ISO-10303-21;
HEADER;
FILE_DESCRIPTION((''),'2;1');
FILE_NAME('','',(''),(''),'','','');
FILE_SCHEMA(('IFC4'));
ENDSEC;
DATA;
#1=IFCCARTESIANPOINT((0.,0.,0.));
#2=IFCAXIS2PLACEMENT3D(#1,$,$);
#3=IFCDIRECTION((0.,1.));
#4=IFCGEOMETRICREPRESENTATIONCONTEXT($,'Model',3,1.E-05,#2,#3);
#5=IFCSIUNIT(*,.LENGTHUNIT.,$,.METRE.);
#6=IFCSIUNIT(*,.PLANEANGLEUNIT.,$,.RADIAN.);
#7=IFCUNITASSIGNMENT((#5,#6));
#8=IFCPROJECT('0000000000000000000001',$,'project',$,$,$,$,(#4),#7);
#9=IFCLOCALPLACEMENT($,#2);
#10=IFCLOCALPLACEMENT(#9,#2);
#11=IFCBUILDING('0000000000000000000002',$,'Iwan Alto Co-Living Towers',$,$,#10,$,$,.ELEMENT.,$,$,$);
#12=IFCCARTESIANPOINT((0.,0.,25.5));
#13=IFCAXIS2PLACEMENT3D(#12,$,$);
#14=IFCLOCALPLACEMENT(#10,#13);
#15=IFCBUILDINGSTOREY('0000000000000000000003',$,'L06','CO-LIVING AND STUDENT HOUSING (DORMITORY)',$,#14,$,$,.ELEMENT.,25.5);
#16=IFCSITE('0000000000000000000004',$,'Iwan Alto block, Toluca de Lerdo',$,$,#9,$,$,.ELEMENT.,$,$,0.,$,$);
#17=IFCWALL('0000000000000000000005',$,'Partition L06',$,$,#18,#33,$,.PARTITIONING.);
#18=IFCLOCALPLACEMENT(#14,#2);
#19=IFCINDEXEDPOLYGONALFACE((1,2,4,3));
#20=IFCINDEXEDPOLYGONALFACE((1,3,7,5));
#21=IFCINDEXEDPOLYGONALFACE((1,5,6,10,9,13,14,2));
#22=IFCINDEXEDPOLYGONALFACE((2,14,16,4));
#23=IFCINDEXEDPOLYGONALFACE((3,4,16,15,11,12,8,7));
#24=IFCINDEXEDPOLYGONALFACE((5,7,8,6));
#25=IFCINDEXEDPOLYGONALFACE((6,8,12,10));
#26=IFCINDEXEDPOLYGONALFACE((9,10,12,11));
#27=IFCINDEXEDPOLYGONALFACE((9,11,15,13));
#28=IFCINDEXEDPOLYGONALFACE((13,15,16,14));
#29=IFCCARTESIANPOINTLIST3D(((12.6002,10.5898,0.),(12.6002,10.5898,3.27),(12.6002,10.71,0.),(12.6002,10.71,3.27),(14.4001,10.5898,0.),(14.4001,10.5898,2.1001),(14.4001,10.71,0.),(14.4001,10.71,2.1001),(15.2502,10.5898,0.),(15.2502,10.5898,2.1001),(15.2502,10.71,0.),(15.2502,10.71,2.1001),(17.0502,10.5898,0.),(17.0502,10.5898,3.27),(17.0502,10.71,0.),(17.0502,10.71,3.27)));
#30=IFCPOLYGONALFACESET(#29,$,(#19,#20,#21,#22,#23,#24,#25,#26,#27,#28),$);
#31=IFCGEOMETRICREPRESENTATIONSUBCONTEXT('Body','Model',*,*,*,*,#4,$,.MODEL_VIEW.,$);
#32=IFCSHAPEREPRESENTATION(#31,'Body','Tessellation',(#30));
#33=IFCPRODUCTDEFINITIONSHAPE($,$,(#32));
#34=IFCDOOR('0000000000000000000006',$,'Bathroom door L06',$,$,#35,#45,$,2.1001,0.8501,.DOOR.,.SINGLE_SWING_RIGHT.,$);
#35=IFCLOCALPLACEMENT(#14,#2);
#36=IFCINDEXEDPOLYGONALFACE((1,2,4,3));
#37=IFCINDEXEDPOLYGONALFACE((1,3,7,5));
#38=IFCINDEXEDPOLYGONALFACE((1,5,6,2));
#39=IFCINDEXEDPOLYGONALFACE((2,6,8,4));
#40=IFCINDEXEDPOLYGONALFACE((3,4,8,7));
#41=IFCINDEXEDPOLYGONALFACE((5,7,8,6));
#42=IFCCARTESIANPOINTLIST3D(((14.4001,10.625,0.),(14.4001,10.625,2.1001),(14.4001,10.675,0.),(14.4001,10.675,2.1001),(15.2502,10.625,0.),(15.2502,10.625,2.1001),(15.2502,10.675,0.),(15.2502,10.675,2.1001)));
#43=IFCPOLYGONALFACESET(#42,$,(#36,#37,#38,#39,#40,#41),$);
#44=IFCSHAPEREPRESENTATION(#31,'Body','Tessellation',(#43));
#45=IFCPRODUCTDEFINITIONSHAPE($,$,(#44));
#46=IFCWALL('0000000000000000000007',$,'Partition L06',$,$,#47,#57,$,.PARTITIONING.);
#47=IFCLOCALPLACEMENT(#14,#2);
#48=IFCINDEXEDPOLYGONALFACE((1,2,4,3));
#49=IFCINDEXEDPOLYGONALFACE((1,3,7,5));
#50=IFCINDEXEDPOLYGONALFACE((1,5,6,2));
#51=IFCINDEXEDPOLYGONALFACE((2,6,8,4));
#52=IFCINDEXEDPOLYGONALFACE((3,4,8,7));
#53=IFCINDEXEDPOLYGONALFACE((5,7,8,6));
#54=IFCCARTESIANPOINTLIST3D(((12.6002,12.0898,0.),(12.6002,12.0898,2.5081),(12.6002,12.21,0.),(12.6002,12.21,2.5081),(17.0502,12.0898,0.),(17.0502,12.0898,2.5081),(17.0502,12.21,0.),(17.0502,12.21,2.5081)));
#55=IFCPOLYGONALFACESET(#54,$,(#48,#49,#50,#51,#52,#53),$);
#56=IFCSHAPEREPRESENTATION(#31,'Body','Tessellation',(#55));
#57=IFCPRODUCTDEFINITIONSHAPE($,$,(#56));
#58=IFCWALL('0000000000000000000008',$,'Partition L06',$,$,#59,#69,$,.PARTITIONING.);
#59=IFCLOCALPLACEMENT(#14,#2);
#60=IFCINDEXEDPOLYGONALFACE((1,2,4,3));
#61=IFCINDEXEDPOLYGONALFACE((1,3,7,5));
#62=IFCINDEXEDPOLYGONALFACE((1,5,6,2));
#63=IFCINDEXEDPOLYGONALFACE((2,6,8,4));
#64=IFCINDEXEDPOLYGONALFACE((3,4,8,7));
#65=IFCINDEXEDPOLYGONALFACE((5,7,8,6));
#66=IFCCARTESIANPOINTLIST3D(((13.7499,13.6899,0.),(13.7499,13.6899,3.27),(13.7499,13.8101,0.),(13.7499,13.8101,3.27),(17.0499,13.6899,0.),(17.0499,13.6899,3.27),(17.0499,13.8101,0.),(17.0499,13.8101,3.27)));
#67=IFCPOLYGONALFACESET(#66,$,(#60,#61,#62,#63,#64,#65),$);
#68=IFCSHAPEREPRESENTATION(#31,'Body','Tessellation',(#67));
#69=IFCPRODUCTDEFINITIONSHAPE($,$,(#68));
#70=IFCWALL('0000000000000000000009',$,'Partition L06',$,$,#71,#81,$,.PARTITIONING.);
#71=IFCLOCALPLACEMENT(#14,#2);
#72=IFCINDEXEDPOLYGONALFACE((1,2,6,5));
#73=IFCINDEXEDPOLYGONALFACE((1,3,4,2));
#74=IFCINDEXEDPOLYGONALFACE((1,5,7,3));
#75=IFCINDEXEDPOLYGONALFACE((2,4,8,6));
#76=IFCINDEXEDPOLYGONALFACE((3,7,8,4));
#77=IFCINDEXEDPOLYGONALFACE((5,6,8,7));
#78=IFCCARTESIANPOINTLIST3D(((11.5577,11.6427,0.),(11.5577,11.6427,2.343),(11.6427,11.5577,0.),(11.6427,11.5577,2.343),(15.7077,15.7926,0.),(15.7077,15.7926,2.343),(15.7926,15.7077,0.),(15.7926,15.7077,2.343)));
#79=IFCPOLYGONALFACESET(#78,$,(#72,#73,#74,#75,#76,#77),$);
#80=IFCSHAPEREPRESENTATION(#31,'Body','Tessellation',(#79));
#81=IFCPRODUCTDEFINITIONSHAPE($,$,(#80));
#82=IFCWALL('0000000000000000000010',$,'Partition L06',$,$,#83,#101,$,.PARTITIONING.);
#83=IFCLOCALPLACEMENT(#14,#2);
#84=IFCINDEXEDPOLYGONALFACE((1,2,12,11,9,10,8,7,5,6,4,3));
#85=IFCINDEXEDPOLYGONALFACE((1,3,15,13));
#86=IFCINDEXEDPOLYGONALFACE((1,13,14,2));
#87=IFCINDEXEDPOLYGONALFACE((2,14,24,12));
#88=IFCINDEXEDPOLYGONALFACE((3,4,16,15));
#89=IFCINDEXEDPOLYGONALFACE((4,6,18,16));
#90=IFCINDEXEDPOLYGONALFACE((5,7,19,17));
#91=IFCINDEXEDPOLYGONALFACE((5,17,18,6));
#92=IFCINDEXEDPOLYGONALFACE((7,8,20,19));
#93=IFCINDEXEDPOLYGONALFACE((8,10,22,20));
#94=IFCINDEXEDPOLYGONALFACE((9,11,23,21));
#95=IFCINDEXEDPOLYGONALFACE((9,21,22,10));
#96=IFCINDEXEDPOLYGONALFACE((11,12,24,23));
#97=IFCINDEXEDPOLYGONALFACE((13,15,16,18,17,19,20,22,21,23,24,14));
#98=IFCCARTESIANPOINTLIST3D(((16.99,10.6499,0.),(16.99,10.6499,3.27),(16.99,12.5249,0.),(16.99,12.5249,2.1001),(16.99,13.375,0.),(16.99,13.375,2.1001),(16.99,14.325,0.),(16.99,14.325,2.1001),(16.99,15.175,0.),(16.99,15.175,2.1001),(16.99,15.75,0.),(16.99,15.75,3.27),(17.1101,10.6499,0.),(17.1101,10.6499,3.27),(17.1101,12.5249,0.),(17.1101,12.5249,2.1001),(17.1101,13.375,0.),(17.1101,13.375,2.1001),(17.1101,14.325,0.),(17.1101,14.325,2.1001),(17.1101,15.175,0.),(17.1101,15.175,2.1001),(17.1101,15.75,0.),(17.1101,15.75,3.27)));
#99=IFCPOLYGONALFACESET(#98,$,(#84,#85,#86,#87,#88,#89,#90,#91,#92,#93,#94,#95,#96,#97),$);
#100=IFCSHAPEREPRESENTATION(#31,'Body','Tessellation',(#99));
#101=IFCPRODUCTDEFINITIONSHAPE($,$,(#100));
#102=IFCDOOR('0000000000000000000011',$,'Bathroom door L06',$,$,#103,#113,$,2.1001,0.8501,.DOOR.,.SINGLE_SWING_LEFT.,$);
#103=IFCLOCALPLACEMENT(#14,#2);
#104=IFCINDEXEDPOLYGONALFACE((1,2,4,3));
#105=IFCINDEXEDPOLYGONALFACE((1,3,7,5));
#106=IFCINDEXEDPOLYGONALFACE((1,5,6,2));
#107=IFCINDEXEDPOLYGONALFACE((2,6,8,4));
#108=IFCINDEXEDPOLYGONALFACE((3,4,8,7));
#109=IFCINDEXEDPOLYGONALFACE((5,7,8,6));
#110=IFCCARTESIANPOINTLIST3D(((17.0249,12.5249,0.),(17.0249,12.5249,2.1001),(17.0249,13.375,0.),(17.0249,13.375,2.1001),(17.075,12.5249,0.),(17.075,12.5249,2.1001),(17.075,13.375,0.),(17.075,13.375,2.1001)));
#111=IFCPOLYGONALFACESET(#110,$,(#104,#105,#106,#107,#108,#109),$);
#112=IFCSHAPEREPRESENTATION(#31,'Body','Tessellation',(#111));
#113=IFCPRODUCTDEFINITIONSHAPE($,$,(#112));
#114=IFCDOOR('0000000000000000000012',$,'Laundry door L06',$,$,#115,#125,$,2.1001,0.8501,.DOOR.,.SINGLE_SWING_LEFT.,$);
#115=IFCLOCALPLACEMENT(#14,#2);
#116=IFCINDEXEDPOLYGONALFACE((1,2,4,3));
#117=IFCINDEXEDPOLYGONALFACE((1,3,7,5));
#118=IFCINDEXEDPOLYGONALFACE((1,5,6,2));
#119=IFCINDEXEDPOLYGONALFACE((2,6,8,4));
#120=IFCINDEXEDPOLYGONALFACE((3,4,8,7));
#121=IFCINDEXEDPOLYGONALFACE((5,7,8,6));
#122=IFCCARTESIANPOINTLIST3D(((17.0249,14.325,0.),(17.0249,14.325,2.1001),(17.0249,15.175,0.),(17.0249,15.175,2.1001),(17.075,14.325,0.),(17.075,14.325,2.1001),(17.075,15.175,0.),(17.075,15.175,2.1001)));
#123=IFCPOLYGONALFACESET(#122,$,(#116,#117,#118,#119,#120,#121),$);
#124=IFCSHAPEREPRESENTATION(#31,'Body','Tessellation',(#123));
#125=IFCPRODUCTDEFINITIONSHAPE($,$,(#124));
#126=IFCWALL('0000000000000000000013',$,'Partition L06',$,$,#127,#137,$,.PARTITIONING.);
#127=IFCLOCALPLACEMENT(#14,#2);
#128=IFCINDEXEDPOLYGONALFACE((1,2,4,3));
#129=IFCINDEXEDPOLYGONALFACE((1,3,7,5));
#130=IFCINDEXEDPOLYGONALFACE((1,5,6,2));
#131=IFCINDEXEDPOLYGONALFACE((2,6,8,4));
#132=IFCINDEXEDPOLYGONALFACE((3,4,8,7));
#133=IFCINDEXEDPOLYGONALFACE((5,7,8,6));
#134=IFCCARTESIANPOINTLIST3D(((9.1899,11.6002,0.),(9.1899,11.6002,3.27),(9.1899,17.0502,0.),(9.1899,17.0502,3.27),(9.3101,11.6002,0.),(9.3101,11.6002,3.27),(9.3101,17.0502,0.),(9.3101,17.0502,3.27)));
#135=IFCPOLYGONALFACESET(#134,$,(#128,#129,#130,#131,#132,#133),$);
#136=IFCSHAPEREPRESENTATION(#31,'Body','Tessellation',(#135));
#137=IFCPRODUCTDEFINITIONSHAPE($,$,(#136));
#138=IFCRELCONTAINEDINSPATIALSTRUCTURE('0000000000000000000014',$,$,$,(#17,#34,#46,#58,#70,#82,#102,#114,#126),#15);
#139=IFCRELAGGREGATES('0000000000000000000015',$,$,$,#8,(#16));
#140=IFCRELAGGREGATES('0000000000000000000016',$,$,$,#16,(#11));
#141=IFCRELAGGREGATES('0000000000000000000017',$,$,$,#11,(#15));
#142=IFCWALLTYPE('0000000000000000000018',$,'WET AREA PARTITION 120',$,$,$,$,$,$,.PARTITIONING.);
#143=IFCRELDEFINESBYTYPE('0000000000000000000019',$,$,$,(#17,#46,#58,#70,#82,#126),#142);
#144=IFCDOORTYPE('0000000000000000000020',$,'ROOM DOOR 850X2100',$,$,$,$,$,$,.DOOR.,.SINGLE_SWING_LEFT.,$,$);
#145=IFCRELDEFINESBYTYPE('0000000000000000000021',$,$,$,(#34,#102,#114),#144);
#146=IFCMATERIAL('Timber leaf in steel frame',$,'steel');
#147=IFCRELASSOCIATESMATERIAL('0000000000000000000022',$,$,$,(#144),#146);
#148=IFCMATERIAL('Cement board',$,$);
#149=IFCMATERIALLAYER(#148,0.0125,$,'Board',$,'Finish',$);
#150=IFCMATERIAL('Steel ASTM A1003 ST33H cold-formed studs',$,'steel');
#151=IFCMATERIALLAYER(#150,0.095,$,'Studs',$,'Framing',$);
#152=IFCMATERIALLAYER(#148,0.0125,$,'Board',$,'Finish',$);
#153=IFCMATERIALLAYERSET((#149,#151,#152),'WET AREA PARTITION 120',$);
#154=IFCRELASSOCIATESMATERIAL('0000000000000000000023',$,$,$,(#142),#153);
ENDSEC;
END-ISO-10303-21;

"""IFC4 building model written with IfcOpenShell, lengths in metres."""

from ifc_helpers import new_model, si_unit, direction, frame, frame_2d, origin, place, context, subcontext, project, spatial, rectangle, extrude, material, layer, layer_set, type_object, element, fill, save


model = new_model("IFC4")

# Units and contexts
model_context = context("Model", 3, precision=1e-05, world=origin(), true_north=direction((0.0, 1.0)))
body_context = subcontext(model_context, "Body", "Model", "MODEL_VIEW")
ifc_project = project(units=[si_unit("LENGTHUNIT", "METRE"), si_unit("PLANEANGLEUNIT", "RADIAN")], contexts=[model_context])

# Site, building, storey
site_placement = place(None, origin())
site = spatial("IfcSite", under=ifc_project, at=site_placement, Name="Iwan Alto block, Toluca de Lerdo", CompositionType="ELEMENT", RefElevation=0.0)
building_placement = place(site_placement, origin())
building = spatial("IfcBuilding", under=site, at=building_placement, Name="Iwan Alto Co-Living Towers", CompositionType="ELEMENT")
storey_placement = place(building_placement, frame((0.0, 0.0, 25.5)))
storey = spatial("IfcBuildingStorey", under=building, at=storey_placement, Name="L06", Description="CO-LIVING AND STUDENT HOUSING (DORMITORY)", CompositionType="ELEMENT", Elevation=25.5)

# Shared definitions
ifc_material_1 = material(Name="Steel ASTM A1003 ST33H cold-formed studs", Category="steel")

# Shared definitions
ifc_material_2 = material(Name="Timber leaf in steel frame", Category="steel")
door_type = type_object("IfcDoorType", Name="ROOM DOOR 850X2100", OperationType="SINGLE_SWING_LEFT", PredefinedType="DOOR", material=ifc_material_2)

# Wall, opening, door
ifc_material_3 = material(Name="Cement board")
ifc_layer_1 = layer(ifc_material_3, 0.0125, Name="Board", Category="Finish")
ifc_layer_2 = layer(ifc_material_1, 0.095, Name="Studs", Category="Framing")
ifc_layer_3 = layer(ifc_material_3, 0.0125, Name="Board", Category="Finish")
ifc_layer_set_1 = layer_set([ifc_layer_1, ifc_layer_2, ifc_layer_3], Name="WET AREA PARTITION 120")
wall_type_1 = type_object("IfcWallType", Name="WET AREA PARTITION 120", PredefinedType="PARTITIONING", material=ifc_layer_set_1)
wall_1_placement = place(storey_placement, frame((12.6001, 10.6499, 0.0), z_axis=(0.0, 0.0, 1.0), x_axis=(1.0, 0.0, 0.0)))
wall_1 = element("IfcWall", 1, at=wall_1_placement, inside=storey, type_object=wall_type_1, Name="Partition L06", PredefinedType="PARTITIONING", context=body_context, shape_type="SweptSolid", body=[
    extrude(rectangle(XDim=4.45, YDim=0.1201, at=frame_2d((2.2251, 0.0))), origin(), (0.0, 0.0, 1.0), 3.27),
])
opening_1_placement = place(wall_1_placement, frame((1.8, 0.0, 0.0)))
opening_1 = element("IfcOpeningElement", 2, at=opening_1_placement, cuts=wall_1, PredefinedType="OPENING", context=body_context, shape_type="SweptSolid", body=[
    extrude(rectangle(XDim=0.8501, YDim=2.1001, at=frame_2d((0.425, 1.05))), frame((0.0, 0.0701, 0.0), z_axis=(0.0, -1.0, 0.0), x_axis=(1.0, 0.0, 0.0)), (0.0, 0.0, 1.0), 0.1401),
])
door_1_placement = place(opening_1_placement, frame((0.8501, 0.0, 0.0), z_axis=(0.0, 0.0, 1.0), x_axis=(-1.0, 0.0, 0.0)))
door_1 = element("IfcDoor", 3, at=door_1_placement, inside=storey, type_object=door_type, Name="Bathroom door L06", OperationType="SINGLE_SWING_RIGHT", OverallHeight=2.1001, OverallWidth=0.8501, PredefinedType="DOOR", context=body_context, shape_type="SweptSolid", body=[
    extrude(rectangle(XDim=0.8501, YDim=2.1001, at=frame_2d((0.425, 1.05))), frame((0.0, 0.0249, 0.0), z_axis=(0.0, -1.0, 0.0), x_axis=(1.0, 0.0, 0.0)), (0.0, 0.0, 1.0), 0.05),
])
fill(opening_1, door_1)

# Walls
wall_2_placement = place(storey_placement, frame((12.6001, 12.1499, 0.0), z_axis=(0.0, 0.0, 1.0), x_axis=(1.0, 0.0, 0.0)))
element("IfcWall", 4, at=wall_2_placement, inside=storey, type_object=wall_type_1, Name="Partition L06", PredefinedType="PARTITIONING", context=body_context, shape_type="SweptSolid", body=[
    extrude(rectangle(XDim=4.45, YDim=0.1201, at=frame_2d((2.2251, 0.0))), origin(), (0.0, 0.0, 1.0), 2.5081),
])
wall_3_placement = place(storey_placement, frame((13.75, 13.75, 0.0), z_axis=(0.0, 0.0, 1.0), x_axis=(1.0, 0.0, 0.0)))
element("IfcWall", 5, at=wall_3_placement, inside=storey, type_object=wall_type_1, Name="Partition L06", PredefinedType="PARTITIONING", context=body_context, shape_type="SweptSolid", body=[
    extrude(rectangle(XDim=3.3, YDim=0.1201, at=frame_2d((1.6499, 0.0))), origin(), (0.0, 0.0, 1.0), 3.27),
])
wall_4_placement = place(storey_placement, frame((11.6001, 11.6001, 0.0), z_axis=(0.0, 0.0, 1.0), x_axis=(0.707107, 0.707107, 0.0)))
element("IfcWall", 6, at=wall_4_placement, inside=storey, type_object=wall_type_1, Name="Partition L06", PredefinedType="PARTITIONING", context=body_context, shape_type="SweptSolid", body=[
    extrude(rectangle(XDim=5.8689, YDim=0.1201, at=frame_2d((2.9346, 0.0))), origin(), (0.0, 0.0, 1.0), 2.343),
])

# Wall, openings, doors
wall_5_placement = place(storey_placement, frame((17.05, 10.6499, 0.0), z_axis=(0.0, 0.0, 1.0), x_axis=(0.0, 1.0, 0.0)))
wall_5 = element("IfcWall", 7, at=wall_5_placement, inside=storey, type_object=wall_type_1, Name="Partition L06", PredefinedType="PARTITIONING", context=body_context, shape_type="SweptSolid", body=[
    extrude(rectangle(XDim=5.1001, YDim=0.1201, at=frame_2d((2.55, 0.0))), origin(), (0.0, 0.0, 1.0), 3.27),
])
opening_2_placement = place(wall_5_placement, frame((1.875, 0.0, 0.0)))
opening_2 = element("IfcOpeningElement", 8, at=opening_2_placement, cuts=wall_5, PredefinedType="OPENING", context=body_context, shape_type="SweptSolid", body=[
    extrude(rectangle(XDim=0.8501, YDim=2.1001, at=frame_2d((0.425, 1.05))), frame((0.0, 0.0701, 0.0), z_axis=(0.0, -1.0, 0.0), x_axis=(1.0, 0.0, 0.0)), (0.0, 0.0, 1.0), 0.1401),
])
opening_3_placement = place(wall_5_placement, frame((3.675, 0.0, 0.0)))
opening_3 = element("IfcOpeningElement", 9, at=opening_3_placement, cuts=wall_5, PredefinedType="OPENING", context=body_context, shape_type="SweptSolid", body=[
    extrude(rectangle(XDim=0.8501, YDim=2.1001, at=frame_2d((0.425, 1.05))), frame((0.0, 0.0701, 0.0), z_axis=(0.0, -1.0, 0.0), x_axis=(1.0, 0.0, 0.0)), (0.0, 0.0, 1.0), 0.1401),
])
door_2_placement = place(opening_2_placement, frame((0.8501, 0.0, 0.0), z_axis=(0.0, 0.0, 1.0), x_axis=(-1.0, 0.0, 0.0)))
door_2 = element("IfcDoor", 10, at=door_2_placement, inside=storey, type_object=door_type, Name="Bathroom door L06", OperationType="SINGLE_SWING_LEFT", OverallHeight=2.1001, OverallWidth=0.8501, PredefinedType="DOOR", context=body_context, shape_type="SweptSolid", body=[
    extrude(rectangle(XDim=0.8501, YDim=2.1001, at=frame_2d((0.425, 1.05))), frame((0.0, 0.0249, 0.0), z_axis=(0.0, -1.0, 0.0), x_axis=(1.0, 0.0, 0.0)), (0.0, 0.0, 1.0), 0.05),
])
fill(opening_2, door_2)
door_3_placement = place(opening_3_placement, frame((0.8501, 0.0, 0.0), z_axis=(0.0, 0.0, 1.0), x_axis=(-1.0, 0.0, 0.0)))
door_3 = element("IfcDoor", 11, at=door_3_placement, inside=storey, type_object=door_type, Name="Laundry door L06", OperationType="SINGLE_SWING_LEFT", OverallHeight=2.1001, OverallWidth=0.8501, PredefinedType="DOOR", context=body_context, shape_type="SweptSolid", body=[
    extrude(rectangle(XDim=0.8501, YDim=2.1001, at=frame_2d((0.425, 1.05))), frame((0.0, 0.0249, 0.0), z_axis=(0.0, -1.0, 0.0), x_axis=(1.0, 0.0, 0.0)), (0.0, 0.0, 1.0), 0.05),
])
fill(opening_3, door_3)

# Wall
wall_6_placement = place(storey_placement, frame((9.25, 11.6001, 0.0), z_axis=(0.0, 0.0, 1.0), x_axis=(0.0, 1.0, 0.0)))
element("IfcWall", 12, at=wall_6_placement, inside=storey, type_object=wall_type_1, Name="Partition L06", PredefinedType="PARTITIONING", context=body_context, shape_type="SweptSolid", body=[
    extrude(rectangle(XDim=5.45, YDim=0.1201, at=frame_2d((2.7251, 0.0))), origin(), (0.0, 0.0, 1.0), 3.27),
])

save(model, "model.ifc")
